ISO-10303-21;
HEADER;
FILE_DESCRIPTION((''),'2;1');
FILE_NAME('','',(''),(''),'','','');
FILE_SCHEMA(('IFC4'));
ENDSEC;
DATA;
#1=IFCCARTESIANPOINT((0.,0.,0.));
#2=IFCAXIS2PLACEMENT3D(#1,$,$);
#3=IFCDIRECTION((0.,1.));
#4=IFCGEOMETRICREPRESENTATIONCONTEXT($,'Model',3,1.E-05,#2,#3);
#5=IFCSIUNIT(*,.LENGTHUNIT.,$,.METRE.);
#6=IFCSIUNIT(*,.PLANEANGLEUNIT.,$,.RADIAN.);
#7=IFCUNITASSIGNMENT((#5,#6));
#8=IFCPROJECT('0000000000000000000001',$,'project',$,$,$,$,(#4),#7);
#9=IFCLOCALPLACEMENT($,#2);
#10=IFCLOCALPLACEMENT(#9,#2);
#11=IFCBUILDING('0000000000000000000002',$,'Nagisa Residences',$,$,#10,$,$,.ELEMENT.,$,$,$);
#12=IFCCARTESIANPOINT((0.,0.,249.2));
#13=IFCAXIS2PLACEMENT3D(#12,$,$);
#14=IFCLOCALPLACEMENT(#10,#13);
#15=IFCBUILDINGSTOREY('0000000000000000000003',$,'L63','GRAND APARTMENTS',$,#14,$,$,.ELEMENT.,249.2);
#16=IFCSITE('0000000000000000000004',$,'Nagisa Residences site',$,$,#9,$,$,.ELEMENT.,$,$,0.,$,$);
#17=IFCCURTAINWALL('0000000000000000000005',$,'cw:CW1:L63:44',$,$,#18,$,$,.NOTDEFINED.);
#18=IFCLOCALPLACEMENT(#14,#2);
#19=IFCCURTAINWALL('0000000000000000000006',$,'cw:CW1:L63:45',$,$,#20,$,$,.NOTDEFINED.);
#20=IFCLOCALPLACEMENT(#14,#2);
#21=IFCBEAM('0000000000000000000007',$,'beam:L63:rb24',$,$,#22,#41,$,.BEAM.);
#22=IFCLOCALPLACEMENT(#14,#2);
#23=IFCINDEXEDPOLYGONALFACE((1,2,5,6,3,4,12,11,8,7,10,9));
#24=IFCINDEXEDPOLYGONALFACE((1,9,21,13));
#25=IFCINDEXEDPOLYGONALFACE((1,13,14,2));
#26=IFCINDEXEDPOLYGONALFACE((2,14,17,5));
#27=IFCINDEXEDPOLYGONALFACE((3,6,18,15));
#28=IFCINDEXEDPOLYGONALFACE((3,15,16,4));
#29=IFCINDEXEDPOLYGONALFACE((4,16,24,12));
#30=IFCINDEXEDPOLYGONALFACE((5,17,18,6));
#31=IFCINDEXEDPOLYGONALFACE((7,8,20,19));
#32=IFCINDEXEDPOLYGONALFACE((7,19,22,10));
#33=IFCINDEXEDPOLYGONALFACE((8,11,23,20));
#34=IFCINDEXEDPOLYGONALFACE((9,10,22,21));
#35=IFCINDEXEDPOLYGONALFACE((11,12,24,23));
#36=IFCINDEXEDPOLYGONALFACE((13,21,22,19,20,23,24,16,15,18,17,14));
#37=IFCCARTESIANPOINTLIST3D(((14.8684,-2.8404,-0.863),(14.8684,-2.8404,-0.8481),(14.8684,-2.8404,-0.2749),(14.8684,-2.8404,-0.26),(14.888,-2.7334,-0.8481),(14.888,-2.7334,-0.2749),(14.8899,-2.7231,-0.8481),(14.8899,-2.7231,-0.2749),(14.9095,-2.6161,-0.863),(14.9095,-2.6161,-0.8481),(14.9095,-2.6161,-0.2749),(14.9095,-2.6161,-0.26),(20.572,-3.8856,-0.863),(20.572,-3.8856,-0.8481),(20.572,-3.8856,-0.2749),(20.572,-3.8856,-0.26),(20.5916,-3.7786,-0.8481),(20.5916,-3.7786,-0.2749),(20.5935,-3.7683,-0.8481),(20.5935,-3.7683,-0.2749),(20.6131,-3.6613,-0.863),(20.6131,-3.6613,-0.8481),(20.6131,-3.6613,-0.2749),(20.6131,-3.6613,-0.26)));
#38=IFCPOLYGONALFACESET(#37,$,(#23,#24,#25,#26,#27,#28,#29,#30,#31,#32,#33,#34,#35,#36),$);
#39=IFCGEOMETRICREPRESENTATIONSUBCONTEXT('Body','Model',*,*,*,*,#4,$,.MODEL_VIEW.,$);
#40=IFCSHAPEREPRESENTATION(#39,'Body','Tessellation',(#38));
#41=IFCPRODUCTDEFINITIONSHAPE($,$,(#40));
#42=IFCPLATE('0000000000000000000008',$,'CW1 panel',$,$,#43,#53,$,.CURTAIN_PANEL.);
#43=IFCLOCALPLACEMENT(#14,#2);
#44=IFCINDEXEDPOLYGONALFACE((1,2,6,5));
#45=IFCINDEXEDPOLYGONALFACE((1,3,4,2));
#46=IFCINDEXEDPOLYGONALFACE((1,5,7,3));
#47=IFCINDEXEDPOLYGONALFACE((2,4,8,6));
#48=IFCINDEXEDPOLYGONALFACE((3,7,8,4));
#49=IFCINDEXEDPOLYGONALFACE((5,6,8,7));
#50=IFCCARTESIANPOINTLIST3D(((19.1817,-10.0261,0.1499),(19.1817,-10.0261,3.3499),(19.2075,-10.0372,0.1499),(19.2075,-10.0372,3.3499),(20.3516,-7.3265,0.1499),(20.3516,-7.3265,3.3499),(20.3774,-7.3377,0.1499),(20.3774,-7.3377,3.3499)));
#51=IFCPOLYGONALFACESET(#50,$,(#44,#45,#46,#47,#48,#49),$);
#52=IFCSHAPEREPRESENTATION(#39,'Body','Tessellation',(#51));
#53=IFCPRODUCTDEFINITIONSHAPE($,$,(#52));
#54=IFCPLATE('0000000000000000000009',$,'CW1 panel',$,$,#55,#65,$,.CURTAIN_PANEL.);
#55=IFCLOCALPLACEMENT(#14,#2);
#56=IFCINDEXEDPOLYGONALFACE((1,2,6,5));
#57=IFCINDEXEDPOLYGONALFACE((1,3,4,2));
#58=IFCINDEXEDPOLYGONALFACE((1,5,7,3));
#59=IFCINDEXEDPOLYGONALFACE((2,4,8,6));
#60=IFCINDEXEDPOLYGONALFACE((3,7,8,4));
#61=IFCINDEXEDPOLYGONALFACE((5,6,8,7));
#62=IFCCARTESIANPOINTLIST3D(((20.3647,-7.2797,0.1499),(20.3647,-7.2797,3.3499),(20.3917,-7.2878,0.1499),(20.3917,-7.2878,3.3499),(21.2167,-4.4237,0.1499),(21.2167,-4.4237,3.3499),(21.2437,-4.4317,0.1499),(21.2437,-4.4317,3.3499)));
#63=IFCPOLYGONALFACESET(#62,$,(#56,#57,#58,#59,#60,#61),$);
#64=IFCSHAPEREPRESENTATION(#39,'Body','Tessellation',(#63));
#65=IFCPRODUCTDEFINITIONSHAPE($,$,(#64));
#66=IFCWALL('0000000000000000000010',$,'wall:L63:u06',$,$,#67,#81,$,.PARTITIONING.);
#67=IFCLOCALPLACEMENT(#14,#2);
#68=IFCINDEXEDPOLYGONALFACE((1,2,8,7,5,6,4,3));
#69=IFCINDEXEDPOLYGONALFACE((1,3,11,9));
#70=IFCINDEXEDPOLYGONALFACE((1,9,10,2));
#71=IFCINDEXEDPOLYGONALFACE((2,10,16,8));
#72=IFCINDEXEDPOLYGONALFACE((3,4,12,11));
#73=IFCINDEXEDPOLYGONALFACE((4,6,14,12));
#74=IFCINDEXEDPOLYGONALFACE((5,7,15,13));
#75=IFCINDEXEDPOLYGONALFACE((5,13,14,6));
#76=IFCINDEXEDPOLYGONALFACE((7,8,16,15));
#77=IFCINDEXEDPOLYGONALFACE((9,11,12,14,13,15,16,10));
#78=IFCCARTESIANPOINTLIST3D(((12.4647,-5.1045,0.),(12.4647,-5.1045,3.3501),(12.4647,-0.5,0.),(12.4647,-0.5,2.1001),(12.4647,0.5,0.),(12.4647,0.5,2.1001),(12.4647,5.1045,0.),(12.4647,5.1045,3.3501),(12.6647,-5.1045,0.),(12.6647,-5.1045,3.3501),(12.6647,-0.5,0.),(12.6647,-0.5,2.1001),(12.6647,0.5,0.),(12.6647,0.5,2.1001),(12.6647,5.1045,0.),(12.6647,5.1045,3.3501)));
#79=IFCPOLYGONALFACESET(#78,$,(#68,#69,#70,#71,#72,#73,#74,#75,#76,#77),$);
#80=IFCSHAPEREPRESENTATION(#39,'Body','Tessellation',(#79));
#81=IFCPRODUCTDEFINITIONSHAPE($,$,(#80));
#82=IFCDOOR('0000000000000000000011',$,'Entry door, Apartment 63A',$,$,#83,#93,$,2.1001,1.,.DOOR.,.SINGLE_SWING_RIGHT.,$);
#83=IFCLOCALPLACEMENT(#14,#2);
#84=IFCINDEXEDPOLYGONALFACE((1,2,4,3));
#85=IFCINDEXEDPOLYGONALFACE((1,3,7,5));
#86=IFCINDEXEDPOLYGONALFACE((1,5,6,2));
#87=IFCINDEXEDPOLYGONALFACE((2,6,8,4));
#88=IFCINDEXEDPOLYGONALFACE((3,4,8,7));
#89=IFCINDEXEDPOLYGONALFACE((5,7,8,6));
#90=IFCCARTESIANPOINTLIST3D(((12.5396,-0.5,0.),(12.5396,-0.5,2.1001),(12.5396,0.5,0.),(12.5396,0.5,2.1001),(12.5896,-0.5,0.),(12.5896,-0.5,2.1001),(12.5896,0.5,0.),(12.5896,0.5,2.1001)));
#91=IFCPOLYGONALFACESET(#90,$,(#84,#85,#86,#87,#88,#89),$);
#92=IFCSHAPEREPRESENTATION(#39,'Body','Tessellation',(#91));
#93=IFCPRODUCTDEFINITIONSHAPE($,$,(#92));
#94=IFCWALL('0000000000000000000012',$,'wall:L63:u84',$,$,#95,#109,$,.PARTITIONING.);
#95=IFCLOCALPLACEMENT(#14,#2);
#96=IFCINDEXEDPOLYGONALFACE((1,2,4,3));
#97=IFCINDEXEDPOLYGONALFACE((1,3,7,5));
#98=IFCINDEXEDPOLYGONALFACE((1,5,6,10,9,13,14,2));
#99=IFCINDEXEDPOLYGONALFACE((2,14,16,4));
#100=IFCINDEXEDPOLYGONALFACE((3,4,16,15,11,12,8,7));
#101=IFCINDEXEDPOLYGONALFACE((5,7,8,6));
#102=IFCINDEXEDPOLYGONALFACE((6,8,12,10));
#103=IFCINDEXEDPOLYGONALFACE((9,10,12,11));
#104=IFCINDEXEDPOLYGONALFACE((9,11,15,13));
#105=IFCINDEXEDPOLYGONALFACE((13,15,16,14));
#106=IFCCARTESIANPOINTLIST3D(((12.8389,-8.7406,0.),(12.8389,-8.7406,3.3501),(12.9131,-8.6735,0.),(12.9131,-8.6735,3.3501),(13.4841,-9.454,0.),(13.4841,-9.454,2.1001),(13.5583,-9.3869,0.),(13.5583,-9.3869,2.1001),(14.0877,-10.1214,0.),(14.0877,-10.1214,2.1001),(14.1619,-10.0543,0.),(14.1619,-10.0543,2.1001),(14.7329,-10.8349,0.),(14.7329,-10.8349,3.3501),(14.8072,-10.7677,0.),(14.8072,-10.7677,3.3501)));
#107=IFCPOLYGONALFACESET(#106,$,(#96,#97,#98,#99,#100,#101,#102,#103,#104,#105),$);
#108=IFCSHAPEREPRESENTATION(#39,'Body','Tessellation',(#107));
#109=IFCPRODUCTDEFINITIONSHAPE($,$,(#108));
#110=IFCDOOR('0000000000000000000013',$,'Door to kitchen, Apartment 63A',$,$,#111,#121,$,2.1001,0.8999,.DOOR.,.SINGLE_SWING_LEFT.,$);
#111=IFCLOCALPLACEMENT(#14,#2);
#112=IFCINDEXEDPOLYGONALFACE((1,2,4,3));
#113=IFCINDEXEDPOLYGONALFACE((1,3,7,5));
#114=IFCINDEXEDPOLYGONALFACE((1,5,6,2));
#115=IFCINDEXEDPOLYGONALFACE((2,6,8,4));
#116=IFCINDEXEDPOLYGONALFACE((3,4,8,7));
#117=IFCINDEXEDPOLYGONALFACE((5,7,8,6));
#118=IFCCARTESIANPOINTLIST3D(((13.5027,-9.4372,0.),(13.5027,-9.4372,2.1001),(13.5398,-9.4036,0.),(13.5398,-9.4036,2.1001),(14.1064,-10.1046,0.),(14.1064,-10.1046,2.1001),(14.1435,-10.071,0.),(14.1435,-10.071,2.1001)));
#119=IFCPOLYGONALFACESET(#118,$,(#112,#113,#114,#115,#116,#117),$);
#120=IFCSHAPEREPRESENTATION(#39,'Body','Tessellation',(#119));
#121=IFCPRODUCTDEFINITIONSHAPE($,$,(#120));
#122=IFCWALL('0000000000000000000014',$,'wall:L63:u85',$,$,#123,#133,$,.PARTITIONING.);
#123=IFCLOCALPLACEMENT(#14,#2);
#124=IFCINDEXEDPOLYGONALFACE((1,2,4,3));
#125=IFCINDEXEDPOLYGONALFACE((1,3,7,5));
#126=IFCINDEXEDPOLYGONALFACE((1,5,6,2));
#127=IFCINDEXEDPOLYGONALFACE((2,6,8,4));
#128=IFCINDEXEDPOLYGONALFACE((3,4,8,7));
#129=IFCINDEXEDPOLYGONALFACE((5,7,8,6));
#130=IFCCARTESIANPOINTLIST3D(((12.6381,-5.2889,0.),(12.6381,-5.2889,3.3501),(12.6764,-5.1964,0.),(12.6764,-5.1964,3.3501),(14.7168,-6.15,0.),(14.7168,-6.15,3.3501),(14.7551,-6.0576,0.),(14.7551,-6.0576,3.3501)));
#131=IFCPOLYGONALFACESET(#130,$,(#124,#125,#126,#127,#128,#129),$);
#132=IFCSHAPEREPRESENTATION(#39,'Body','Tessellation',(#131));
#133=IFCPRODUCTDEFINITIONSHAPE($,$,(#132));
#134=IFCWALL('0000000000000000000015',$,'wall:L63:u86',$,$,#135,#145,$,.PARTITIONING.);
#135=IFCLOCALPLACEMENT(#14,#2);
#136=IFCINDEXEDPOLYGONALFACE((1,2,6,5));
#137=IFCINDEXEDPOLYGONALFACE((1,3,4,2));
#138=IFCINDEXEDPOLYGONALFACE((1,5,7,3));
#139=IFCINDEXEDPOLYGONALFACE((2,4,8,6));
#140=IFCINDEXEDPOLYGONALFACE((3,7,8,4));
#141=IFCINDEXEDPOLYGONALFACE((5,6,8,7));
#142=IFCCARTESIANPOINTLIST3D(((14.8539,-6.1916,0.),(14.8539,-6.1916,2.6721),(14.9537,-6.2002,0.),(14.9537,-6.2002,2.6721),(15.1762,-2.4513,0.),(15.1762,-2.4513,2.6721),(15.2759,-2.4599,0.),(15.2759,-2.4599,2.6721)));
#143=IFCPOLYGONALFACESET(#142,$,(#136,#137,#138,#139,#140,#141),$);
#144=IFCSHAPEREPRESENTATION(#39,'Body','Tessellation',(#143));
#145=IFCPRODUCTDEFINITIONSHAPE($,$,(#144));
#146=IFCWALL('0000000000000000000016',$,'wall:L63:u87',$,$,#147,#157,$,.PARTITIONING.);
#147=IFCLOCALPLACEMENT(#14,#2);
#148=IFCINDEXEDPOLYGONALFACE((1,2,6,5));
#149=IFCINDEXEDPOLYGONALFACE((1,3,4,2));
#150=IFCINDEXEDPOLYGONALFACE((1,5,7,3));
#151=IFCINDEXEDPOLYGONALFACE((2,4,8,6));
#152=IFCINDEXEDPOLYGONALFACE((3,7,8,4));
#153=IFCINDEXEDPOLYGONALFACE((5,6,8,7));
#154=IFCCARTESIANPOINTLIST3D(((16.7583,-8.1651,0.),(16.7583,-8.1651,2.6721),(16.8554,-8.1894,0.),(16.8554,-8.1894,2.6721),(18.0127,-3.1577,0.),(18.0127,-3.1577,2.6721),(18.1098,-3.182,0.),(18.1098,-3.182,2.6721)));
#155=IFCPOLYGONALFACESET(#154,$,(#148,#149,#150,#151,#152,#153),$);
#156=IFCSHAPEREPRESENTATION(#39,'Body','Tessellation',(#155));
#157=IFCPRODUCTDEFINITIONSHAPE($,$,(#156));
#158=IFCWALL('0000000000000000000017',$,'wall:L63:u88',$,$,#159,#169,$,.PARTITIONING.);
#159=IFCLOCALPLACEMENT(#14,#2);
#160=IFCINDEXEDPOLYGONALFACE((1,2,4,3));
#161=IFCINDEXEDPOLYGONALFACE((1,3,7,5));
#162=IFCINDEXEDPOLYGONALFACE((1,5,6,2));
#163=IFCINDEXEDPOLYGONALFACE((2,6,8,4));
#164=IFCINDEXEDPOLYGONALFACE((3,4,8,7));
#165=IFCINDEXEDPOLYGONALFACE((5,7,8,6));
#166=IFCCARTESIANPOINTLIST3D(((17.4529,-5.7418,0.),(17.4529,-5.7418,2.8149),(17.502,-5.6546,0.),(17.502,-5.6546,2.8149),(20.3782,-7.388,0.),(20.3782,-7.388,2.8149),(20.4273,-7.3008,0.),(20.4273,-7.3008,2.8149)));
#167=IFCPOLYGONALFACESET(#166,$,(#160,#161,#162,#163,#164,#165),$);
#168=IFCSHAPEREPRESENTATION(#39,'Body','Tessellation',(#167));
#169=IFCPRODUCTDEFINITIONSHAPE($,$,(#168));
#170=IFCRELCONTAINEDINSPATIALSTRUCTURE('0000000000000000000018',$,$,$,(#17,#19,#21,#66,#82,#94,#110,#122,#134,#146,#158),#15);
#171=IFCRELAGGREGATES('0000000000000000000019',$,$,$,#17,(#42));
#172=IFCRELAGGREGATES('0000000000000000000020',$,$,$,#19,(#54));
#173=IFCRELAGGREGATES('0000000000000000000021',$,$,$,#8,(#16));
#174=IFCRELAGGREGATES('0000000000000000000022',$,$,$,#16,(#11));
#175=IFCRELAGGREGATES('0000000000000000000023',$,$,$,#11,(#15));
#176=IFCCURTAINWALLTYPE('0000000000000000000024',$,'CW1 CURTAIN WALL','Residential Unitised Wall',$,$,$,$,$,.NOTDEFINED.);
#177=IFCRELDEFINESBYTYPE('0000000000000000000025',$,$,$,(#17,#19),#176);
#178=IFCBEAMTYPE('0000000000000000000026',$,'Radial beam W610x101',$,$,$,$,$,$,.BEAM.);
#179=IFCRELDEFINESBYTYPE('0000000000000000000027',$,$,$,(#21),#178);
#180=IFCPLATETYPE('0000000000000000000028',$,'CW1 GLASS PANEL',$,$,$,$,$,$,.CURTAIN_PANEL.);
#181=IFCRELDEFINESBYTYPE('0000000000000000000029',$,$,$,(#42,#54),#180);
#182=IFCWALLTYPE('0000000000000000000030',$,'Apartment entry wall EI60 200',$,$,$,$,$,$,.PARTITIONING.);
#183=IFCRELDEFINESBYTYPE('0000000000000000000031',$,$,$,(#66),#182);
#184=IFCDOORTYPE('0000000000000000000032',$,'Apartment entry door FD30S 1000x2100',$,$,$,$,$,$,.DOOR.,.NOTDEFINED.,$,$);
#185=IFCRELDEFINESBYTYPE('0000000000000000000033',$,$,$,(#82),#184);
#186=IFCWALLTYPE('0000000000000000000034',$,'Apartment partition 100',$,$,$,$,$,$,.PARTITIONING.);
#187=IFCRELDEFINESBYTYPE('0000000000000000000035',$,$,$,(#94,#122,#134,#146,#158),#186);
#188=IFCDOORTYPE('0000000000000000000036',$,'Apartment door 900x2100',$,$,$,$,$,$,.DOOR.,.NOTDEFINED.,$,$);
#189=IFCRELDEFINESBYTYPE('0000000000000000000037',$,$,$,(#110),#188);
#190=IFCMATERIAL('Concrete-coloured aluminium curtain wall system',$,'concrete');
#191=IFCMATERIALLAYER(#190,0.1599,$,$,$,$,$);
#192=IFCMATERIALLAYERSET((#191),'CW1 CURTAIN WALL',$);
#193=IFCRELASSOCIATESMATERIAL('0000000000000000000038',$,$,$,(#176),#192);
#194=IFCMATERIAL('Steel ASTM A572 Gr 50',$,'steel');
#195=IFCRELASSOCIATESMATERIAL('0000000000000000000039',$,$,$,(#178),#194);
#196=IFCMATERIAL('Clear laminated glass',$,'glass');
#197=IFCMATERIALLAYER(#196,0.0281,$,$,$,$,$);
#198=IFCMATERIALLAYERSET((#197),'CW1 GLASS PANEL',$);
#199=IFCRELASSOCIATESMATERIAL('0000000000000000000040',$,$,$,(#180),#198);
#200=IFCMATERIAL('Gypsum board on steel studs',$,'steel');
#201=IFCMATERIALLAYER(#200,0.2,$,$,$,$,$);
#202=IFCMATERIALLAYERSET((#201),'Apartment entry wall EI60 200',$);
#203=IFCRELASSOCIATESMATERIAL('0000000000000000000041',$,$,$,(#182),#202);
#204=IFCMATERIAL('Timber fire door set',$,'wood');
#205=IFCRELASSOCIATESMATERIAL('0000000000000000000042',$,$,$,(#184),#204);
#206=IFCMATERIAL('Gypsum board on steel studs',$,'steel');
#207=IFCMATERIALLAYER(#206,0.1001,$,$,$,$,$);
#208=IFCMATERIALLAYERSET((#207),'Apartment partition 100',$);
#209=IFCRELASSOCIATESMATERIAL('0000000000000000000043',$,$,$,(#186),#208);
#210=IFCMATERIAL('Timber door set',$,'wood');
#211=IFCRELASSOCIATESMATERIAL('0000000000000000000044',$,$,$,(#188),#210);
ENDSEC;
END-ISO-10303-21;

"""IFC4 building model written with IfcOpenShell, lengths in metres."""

from ifc_helpers import new_model, si_unit, direction, frame, frame_2d, origin, origin_2d, place, context, subcontext, project, spatial, rectangle, i_section, extrude, material, layer, layer_set, material_profile, profile_set, type_object, element, fill, aggregate, save


model = new_model("IFC4")

# Units and contexts
model_context = context("Model", 3, precision=1e-05, world=origin(), true_north=direction((0.0, 1.0)))
body_context = subcontext(model_context, "Body", "Model", "MODEL_VIEW")
ifc_project = project(units=[si_unit("LENGTHUNIT", "METRE"), si_unit("PLANEANGLEUNIT", "RADIAN")], contexts=[model_context])

# Site, building, storey
site_placement = place(None, origin())
site = spatial("IfcSite", under=ifc_project, at=site_placement, Name="Nagisa Residences site", CompositionType="ELEMENT", RefElevation=0.0)
building_placement = place(site_placement, origin())
building = spatial("IfcBuilding", under=site, at=building_placement, Name="Nagisa Residences", CompositionType="ELEMENT")
storey_placement = place(building_placement, frame((0.0, 0.0, 249.2)))
storey = spatial("IfcBuildingStorey", under=building, at=storey_placement, Name="L63", Description="GRAND APARTMENTS", CompositionType="ELEMENT", Elevation=249.2)

# Curtain walls
ifc_material_1 = material(Name="Concrete-coloured aluminium curtain wall system", Category="concrete")
ifc_layer_1 = layer(ifc_material_1, 0.1599)
ifc_layer_set_1 = layer_set([ifc_layer_1], Name="CW1 CURTAIN WALL")
curtain_wall_type = type_object("IfcCurtainWallType", Name="CW1 CURTAIN WALL", Description="Residential Unitised Wall", PredefinedType="NOTDEFINED", material=ifc_layer_set_1)
curtain_wall_1_placement = place(storey_placement, origin())
curtain_wall_1 = element("IfcCurtainWall", 1, at=curtain_wall_1_placement, inside=storey, type_object=curtain_wall_type, Name="cw:CW1:L63:44", PredefinedType="NOTDEFINED")
curtain_wall_2_placement = place(storey_placement, origin())
curtain_wall_2 = element("IfcCurtainWall", 2, at=curtain_wall_2_placement, inside=storey, type_object=curtain_wall_type, Name="cw:CW1:L63:45", PredefinedType="NOTDEFINED")

# Beam
ifc_material_2 = material(Name="Steel ASTM A572 Gr 50", Category="steel")
ifc_material_profile_1 = material_profile(ifc_material_2, i_section(OverallWidth=0.228, OverallDepth=0.603, WebThickness=0.0105, FlangeThickness=0.0149, at=origin_2d()), Name="W610x101")
ifc_profile_set_1 = profile_set([ifc_material_profile_1], Name="Steel ASTM A572 Gr 50")
beam_type_1 = type_object("IfcBeamType", Name="Radial beam W610x101", PredefinedType="BEAM", material=ifc_profile_set_1)
beam_1_placement = place(storey_placement, frame((20.5925, -3.7734, -0.5615), z_axis=(-0.983622, 0.180245, 0.0), x_axis=(-0.180245, -0.983622, 0.0)))
element("IfcBeam", 3, at=beam_1_placement, inside=storey, type_object=beam_type_1, Name="beam:L63:rb24", PredefinedType="BEAM", context=body_context, shape_type="SweptSolid", body=[
    extrude(i_section(OverallWidth=0.228, OverallDepth=0.603, WebThickness=0.0105, FlangeThickness=0.0149, at=origin_2d()), origin(), (0.0, 0.0, 1.0), 5.7986),
])

# Plates
ifc_material_3 = material(Name="Clear laminated glass", Category="glass")
ifc_layer_2 = layer(ifc_material_3, 0.0281)
ifc_layer_set_2 = layer_set([ifc_layer_2], Name="CW1 GLASS PANEL")
plate_type = type_object("IfcPlateType", Name="CW1 GLASS PANEL", PredefinedType="CURTAIN_PANEL", material=ifc_layer_set_2)
plate_1_placement = place(storey_placement, frame((19.7795, -8.6819, 0.1499), z_axis=(0.0, 0.0, 1.0), x_axis=(0.397636, 0.917543, 0.0)))
plate_1 = element("IfcPlate", 4, at=plate_1_placement, type_object=plate_type, Name="CW1 panel", PredefinedType="CURTAIN_PANEL", context=body_context, shape_type="SweptSolid", body=[
    extrude(rectangle(XDim=2.9421, YDim=0.0281, at=origin_2d()), origin(), (0.0, 0.0, 1.0), 3.2),
])
aggregate(curtain_wall_1, [plate_1])
plate_2_placement = place(storey_placement, frame((20.8042, -5.8557, 0.1499), z_axis=(0.0, 0.0, 1.0), x_axis=(0.28586, 0.958271, 0.0)))
plate_2 = element("IfcPlate", 5, at=plate_2_placement, type_object=plate_type, Name="CW1 panel", PredefinedType="CURTAIN_PANEL", context=body_context, shape_type="SweptSolid", body=[
    extrude(rectangle(XDim=2.9805, YDim=0.0281, at=origin_2d()), origin(), (0.0, 0.0, 1.0), 3.2),
])
aggregate(curtain_wall_2, [plate_2])

# Walls, openings, doors
ifc_material_4 = material(Name="Gypsum board on steel studs", Category="steel")
ifc_layer_3 = layer(ifc_material_4, 0.2)
ifc_layer_set_3 = layer_set([ifc_layer_3], Name="Apartment entry wall EI60 200")
wall_type_1 = type_object("IfcWallType", Name="Apartment entry wall EI60 200", PredefinedType="PARTITIONING", material=ifc_layer_set_3)
wall_1_placement = place(storey_placement, frame((12.5647, -5.1045, 0.0), z_axis=(0.0, 0.0, 1.0), x_axis=(0.0, 1.0, 0.0)))
wall_1 = element("IfcWall", 6, at=wall_1_placement, inside=storey, type_object=wall_type_1, Name="wall:L63:u06", PredefinedType="PARTITIONING", context=body_context, shape_type="SweptSolid", body=[
    extrude(rectangle(XDim=10.209, YDim=0.2, at=frame_2d((5.1045, 0.0))), origin(), (0.0, 0.0, 1.0), 3.3501),
])
opening_1_placement = place(wall_1_placement, frame((4.6045, 0.0, 0.0)))
opening_1 = element("IfcOpeningElement", 7, at=opening_1_placement, cuts=wall_1, PredefinedType="OPENING", context=body_context, shape_type="SweptSolid", body=[
    extrude(rectangle(XDim=1.0, YDim=2.1001, at=frame_2d((0.5, 1.05))), frame((0.0, 0.1099, 0.0), z_axis=(0.0, -1.0, 0.0), x_axis=(1.0, 0.0, 0.0)), (0.0, 0.0, 1.0), 0.22),
])
ifc_material_5 = material(Name="Timber fire door set", Category="wood")
door_type_1 = type_object("IfcDoorType", Name="Apartment entry door FD30S 1000x2100", OperationType="NOTDEFINED", PredefinedType="DOOR", material=ifc_material_5)
door_1_placement = place(opening_1_placement, frame((1.0, 0.0, 0.0), x_axis=(-1.0, 0.0, 0.0)))
door_1 = element("IfcDoor", 8, at=door_1_placement, inside=storey, type_object=door_type_1, Name="Entry door, Apartment 63A", OperationType="SINGLE_SWING_RIGHT", OverallHeight=2.1001, OverallWidth=1.0, PredefinedType="DOOR", context=body_context, shape_type="SweptSolid", body=[
    extrude(rectangle(XDim=1.0, YDim=2.1001, at=frame_2d((0.5, 1.05))), frame((0.0, 0.0249, 0.0), z_axis=(0.0, -1.0, 0.0), x_axis=(1.0, 0.0, 0.0)), (0.0, 0.0, 1.0), 0.05),
])
fill(opening_1, door_1)
ifc_material_6 = material(Name="Gypsum board on steel studs", Category="steel")
ifc_layer_4 = layer(ifc_material_6, 0.1001)
ifc_layer_set_4 = layer_set([ifc_layer_4], Name="Apartment partition 100")
wall_type_2 = type_object("IfcWallType", Name="Apartment partition 100", PredefinedType="PARTITIONING", material=ifc_layer_set_4)
wall_2_placement = place(storey_placement, frame((12.876, -8.707, 0.0), z_axis=(0.0, 0.0, 1.0), x_axis=(0.670768, -0.741667, 0.0)))
wall_2 = element("IfcWall", 9, at=wall_2_placement, inside=storey, type_object=wall_type_2, Name="wall:L63:u84", PredefinedType="PARTITIONING", context=body_context, shape_type="SweptSolid", body=[
    extrude(rectangle(XDim=2.8237, YDim=0.1001, at=frame_2d((1.4119, 0.0))), origin(), (0.0, 0.0, 1.0), 3.3501),
])
opening_2_placement = place(wall_2_placement, frame((0.9619, 0.0, 0.0)))
opening_2 = element("IfcOpeningElement", 10, at=opening_2_placement, cuts=wall_2, PredefinedType="OPENING", context=body_context, shape_type="SweptSolid", body=[
    extrude(rectangle(XDim=0.8999, YDim=2.1001, at=frame_2d((0.45, 1.05))), frame((0.0, 0.0601, 0.0), z_axis=(0.0, -1.0, 0.0), x_axis=(1.0, 0.0, 0.0)), (0.0, 0.0, 1.0), 0.1201),
])
ifc_material_7 = material(Name="Timber door set", Category="wood")
door_type_2 = type_object("IfcDoorType", Name="Apartment door 900x2100", OperationType="NOTDEFINED", PredefinedType="DOOR", material=ifc_material_7)
door_2_placement = place(opening_2_placement, frame((0.8999, 0.0, 0.0), x_axis=(-1.0, 0.0, 0.0)))
door_2 = element("IfcDoor", 11, at=door_2_placement, inside=storey, type_object=door_type_2, Name="Door to kitchen, Apartment 63A", OperationType="SINGLE_SWING_LEFT", OverallHeight=2.1001, OverallWidth=0.8999, PredefinedType="DOOR", context=body_context, shape_type="SweptSolid", body=[
    extrude(rectangle(XDim=0.8999, YDim=2.1001, at=frame_2d((0.45, 1.05))), frame((0.0, 0.0249, 0.0), z_axis=(0.0, -1.0, 0.0), x_axis=(1.0, 0.0, 0.0)), (0.0, 0.0, 1.0), 0.05),
])
fill(opening_2, door_2)

# Walls
wall_3_placement = place(storey_placement, frame((12.6572, -5.2427, 0.0), z_axis=(0.0, 0.0, 1.0), x_axis=(0.923865, -0.382719, 0.0)))
element("IfcWall", 12, at=wall_3_placement, inside=storey, type_object=wall_type_2, Name="wall:L63:u85", PredefinedType="PARTITIONING", context=body_context, shape_type="SweptSolid", body=[
    extrude(rectangle(XDim=2.25, YDim=0.1001, at=frame_2d((1.125, 0.0))), origin(), (0.0, 0.0, 1.0), 3.3501),
])
wall_4_placement = place(storey_placement, frame((14.9038, -6.1958, 0.0), z_axis=(0.0, 0.0, 1.0), x_axis=(0.085844, 0.996309, 0.0)))
element("IfcWall", 13, at=wall_4_placement, inside=storey, type_object=wall_type_2, Name="wall:L63:u86", PredefinedType="PARTITIONING", context=body_context, shape_type="SweptSolid", body=[
    extrude(rectangle(XDim=3.7542, YDim=0.1001, at=frame_2d((1.877, 0.0))), origin(), (0.0, 0.0, 1.0), 2.6721),
])
wall_5_placement = place(storey_placement, frame((16.8069, -8.1772, 0.0), z_axis=(0.0, 0.0, 1.0), x_axis=(0.243003, 0.970026, 0.0)))
element("IfcWall", 14, at=wall_5_placement, inside=storey, type_object=wall_type_2, Name="wall:L63:u87", PredefinedType="PARTITIONING", context=body_context, shape_type="SweptSolid", body=[
    extrude(rectangle(XDim=5.1621, YDim=0.1001, at=frame_2d((2.5811, 0.0))), origin(), (0.0, 0.0, 1.0), 2.6721),
])
wall_6_placement = place(storey_placement, frame((17.4775, -5.6982, 0.0), z_axis=(0.0, 0.0, 1.0), x_axis=(0.871478, -0.490434, 0.0)))
element("IfcWall", 15, at=wall_6_placement, inside=storey, type_object=wall_type_2, Name="wall:L63:u88", PredefinedType="PARTITIONING", context=body_context, shape_type="SweptSolid", body=[
    extrude(rectangle(XDim=3.3567, YDim=0.1001, at=frame_2d((1.6782, 0.0))), origin(), (0.0, 0.0, 1.0), 2.8149),
])

save(model, "model.ifc")
